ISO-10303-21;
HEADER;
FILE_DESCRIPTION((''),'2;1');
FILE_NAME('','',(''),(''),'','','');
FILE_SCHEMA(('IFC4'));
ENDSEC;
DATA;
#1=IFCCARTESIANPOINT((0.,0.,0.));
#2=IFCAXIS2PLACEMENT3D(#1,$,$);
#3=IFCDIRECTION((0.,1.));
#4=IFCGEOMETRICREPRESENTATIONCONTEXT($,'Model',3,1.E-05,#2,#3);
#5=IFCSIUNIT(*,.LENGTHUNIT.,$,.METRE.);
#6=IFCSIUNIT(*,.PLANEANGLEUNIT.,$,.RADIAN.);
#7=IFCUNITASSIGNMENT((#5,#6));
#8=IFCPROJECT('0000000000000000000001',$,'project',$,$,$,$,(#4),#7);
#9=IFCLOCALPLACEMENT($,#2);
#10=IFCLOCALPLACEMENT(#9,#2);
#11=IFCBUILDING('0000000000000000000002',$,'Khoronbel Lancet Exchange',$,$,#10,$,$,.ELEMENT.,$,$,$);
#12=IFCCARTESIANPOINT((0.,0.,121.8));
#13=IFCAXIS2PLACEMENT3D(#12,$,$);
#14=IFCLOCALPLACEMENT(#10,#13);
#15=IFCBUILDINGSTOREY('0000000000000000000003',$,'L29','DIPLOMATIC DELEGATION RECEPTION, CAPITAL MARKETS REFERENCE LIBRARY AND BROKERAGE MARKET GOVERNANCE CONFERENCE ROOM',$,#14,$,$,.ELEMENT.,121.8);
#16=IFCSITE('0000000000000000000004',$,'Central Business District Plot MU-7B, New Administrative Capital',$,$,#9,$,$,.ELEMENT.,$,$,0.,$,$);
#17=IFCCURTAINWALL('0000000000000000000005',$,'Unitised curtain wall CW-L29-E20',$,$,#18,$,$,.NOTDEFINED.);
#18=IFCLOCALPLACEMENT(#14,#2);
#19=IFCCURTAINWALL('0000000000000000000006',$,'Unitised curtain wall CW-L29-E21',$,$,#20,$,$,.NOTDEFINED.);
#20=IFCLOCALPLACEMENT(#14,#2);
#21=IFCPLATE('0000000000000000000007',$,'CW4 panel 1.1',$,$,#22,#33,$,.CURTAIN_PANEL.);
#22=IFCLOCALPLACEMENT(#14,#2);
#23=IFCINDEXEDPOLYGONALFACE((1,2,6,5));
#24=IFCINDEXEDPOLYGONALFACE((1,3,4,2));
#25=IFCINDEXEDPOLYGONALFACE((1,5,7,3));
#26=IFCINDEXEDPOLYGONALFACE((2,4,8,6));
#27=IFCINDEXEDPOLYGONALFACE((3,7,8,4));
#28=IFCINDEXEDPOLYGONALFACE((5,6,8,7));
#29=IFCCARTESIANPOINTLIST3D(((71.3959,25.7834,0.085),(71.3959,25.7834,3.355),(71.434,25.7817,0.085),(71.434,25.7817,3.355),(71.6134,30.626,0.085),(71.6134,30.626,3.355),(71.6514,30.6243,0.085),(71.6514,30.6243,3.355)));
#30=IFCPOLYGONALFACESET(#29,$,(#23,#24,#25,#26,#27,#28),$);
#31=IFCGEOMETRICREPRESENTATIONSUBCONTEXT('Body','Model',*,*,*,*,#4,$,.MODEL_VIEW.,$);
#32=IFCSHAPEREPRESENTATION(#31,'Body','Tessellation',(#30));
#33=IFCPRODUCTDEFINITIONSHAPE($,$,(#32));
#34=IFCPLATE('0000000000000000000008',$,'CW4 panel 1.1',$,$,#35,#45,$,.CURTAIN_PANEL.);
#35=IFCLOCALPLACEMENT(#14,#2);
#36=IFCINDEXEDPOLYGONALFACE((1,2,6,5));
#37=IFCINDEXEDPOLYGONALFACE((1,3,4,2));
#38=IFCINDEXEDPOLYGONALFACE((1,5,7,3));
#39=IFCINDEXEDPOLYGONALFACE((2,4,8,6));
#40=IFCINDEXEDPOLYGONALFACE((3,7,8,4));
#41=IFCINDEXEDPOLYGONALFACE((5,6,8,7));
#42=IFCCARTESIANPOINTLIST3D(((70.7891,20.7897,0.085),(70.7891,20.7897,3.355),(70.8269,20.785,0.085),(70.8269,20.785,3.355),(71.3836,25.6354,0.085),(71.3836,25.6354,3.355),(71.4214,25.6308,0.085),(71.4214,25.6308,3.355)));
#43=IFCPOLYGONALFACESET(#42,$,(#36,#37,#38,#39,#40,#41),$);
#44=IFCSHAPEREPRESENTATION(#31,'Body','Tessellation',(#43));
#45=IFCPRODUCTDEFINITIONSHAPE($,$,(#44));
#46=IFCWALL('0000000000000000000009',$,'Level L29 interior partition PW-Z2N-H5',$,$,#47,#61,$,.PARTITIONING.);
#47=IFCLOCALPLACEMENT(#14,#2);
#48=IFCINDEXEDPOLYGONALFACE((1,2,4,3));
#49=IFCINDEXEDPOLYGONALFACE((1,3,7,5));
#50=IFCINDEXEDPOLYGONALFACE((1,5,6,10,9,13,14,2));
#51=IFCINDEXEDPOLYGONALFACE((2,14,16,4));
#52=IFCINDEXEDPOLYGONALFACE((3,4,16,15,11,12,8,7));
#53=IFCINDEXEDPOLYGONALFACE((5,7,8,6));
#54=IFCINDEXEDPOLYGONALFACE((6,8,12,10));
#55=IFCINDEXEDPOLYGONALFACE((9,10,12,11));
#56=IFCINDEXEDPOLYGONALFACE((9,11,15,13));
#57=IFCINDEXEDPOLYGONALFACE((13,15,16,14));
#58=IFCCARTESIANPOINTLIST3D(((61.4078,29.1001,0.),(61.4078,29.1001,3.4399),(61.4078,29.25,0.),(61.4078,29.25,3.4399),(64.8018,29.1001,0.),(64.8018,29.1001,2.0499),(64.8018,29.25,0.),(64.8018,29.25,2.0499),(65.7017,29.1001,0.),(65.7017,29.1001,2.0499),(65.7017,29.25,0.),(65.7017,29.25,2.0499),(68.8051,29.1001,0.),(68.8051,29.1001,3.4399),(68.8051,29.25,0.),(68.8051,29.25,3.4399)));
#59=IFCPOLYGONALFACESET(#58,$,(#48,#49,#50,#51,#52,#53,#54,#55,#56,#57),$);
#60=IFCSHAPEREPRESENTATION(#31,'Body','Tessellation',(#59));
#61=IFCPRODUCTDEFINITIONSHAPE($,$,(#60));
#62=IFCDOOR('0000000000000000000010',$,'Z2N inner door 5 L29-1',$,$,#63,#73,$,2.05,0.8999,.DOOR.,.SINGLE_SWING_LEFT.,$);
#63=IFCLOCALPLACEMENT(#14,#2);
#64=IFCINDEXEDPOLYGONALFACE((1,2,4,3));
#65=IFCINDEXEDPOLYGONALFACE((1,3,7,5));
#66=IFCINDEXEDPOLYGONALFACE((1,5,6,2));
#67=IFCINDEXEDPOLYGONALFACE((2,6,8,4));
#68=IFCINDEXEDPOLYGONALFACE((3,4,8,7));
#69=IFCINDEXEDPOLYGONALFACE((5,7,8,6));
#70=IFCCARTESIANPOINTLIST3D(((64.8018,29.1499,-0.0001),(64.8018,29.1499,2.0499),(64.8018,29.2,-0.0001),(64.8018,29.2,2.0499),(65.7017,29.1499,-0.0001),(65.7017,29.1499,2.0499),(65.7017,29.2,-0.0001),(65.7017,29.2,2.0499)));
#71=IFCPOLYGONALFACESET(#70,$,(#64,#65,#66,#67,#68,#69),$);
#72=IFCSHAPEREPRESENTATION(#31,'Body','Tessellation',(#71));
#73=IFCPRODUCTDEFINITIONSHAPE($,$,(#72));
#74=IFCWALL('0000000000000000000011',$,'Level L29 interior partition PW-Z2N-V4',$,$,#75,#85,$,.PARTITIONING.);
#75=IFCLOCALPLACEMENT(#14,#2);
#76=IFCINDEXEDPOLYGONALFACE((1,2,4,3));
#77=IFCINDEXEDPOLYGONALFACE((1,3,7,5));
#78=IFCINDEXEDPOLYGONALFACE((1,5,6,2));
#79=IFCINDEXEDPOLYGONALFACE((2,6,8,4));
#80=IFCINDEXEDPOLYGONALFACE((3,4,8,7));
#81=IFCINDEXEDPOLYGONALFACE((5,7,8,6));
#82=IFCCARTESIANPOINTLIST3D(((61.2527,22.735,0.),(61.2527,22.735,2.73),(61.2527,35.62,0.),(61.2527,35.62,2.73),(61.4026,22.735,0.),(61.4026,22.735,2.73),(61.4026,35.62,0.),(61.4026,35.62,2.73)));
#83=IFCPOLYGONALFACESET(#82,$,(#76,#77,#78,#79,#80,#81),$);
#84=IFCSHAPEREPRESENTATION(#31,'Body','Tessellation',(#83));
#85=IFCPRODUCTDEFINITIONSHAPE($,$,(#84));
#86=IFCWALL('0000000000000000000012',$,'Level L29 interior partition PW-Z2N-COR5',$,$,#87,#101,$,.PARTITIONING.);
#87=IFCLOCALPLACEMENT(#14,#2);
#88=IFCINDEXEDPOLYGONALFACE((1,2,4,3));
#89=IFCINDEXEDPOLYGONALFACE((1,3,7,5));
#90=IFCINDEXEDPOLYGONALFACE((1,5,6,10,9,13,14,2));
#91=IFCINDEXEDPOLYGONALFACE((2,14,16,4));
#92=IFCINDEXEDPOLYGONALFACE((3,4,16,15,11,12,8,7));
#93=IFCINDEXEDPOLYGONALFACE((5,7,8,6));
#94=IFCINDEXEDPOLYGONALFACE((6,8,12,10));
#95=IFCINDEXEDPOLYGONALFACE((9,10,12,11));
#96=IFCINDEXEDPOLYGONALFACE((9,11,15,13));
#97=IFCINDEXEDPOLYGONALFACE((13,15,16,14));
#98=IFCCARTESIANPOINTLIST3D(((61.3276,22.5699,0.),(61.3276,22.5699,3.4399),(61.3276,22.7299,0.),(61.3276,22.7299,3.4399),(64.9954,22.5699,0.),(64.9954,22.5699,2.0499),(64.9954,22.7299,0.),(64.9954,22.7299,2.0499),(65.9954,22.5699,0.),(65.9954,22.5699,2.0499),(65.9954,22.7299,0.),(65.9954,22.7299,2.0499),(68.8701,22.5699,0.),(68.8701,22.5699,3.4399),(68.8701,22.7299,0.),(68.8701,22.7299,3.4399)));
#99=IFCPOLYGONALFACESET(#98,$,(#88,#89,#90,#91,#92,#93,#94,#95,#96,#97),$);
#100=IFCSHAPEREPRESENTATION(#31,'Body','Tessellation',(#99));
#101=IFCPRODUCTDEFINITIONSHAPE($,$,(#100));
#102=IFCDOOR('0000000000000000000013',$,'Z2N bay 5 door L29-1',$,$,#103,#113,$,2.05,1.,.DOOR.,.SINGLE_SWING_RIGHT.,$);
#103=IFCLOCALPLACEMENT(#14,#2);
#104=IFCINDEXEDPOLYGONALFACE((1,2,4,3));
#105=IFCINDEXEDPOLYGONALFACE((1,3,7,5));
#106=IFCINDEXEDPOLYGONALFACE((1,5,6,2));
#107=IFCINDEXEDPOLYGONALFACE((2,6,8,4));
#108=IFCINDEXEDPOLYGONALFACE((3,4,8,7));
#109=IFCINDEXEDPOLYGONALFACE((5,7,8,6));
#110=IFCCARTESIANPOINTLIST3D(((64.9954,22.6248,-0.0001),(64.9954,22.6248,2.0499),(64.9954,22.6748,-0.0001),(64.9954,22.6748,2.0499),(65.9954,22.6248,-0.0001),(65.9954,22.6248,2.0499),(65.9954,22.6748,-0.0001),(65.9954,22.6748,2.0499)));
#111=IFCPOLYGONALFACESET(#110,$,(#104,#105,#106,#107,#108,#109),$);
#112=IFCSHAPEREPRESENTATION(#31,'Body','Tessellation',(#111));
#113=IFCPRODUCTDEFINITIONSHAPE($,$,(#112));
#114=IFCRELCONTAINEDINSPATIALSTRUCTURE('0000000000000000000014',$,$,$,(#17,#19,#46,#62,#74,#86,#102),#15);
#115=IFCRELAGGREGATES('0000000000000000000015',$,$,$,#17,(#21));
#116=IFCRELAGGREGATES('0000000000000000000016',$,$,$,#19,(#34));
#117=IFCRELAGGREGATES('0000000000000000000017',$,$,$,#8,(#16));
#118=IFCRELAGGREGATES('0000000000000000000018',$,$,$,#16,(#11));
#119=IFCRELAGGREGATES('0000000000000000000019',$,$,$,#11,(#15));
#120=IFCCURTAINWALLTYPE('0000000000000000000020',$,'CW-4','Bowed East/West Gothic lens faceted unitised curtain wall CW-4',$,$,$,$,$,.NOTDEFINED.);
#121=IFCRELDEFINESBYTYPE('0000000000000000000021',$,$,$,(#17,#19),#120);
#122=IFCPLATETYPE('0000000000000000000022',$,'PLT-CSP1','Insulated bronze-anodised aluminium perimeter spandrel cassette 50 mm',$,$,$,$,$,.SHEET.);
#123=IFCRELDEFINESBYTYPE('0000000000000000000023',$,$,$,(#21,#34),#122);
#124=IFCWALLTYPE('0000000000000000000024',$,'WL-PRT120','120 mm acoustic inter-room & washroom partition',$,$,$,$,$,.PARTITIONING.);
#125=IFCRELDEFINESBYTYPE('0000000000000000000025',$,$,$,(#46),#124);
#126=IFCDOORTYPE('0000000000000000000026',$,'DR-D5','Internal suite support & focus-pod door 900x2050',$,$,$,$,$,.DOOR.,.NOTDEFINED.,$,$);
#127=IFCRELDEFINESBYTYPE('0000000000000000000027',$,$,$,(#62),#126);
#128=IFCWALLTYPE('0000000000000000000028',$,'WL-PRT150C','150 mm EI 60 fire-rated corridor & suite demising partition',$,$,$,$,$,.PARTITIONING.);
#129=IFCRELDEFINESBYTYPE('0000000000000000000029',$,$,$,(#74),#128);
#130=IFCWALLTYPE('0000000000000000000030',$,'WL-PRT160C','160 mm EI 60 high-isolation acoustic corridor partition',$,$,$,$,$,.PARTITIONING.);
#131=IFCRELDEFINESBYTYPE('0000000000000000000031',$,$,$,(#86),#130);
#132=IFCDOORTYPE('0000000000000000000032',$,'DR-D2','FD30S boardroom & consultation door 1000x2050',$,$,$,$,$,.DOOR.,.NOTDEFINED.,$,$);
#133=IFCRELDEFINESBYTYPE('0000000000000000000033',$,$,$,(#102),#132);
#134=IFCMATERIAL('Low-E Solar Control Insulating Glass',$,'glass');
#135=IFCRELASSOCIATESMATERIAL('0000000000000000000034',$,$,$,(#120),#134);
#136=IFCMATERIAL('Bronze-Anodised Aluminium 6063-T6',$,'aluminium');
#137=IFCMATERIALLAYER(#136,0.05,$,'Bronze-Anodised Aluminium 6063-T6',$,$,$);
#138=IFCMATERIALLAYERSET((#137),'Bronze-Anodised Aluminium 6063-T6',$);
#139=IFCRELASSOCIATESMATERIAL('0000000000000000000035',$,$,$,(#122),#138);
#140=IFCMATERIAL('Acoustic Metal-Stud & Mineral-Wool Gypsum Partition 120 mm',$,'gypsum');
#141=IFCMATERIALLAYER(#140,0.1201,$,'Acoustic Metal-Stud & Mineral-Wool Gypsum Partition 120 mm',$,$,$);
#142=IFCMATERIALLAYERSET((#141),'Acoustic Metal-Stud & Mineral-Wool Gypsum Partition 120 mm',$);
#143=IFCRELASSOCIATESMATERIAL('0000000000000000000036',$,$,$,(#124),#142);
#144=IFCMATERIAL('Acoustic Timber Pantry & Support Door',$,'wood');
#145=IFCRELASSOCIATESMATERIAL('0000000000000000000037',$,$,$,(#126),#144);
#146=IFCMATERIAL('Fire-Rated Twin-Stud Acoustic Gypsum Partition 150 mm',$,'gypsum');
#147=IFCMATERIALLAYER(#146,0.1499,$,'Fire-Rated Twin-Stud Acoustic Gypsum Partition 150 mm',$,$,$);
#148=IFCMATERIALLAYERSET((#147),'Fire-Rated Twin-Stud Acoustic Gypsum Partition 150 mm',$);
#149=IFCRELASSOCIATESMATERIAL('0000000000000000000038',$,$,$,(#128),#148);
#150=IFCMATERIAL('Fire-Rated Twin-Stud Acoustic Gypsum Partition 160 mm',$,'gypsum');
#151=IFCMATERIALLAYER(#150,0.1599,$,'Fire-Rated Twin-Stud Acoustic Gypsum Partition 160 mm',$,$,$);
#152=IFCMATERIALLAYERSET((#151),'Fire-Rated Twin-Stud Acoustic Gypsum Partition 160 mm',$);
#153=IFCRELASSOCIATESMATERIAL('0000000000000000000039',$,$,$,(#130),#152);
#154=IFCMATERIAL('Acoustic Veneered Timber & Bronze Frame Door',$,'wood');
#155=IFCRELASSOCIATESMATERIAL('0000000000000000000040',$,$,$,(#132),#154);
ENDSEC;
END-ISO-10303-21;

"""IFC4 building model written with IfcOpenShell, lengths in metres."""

from ifc_helpers import new_model, si_unit, direction, frame, frame_2d, origin, origin_2d, place, context, subcontext, project, spatial, rectangle, extrude, material, layer, layer_set, type_object, element, fill, aggregate, save


model = new_model("IFC4")

# Units and contexts
model_context = context("Model", 3, precision=1e-05, world=origin(), true_north=direction((0.0, 1.0)))
body_context = subcontext(model_context, "Body", "Model", "MODEL_VIEW")
ifc_project = project(units=[si_unit("LENGTHUNIT", "METRE"), si_unit("PLANEANGLEUNIT", "RADIAN")], contexts=[model_context])

# Site, building, storey
site_placement = place(None, origin())
site = spatial("IfcSite", under=ifc_project, at=site_placement, Name="Central Business District Plot MU-7B, New Administrative Capital", CompositionType="ELEMENT", RefElevation=0.0)
building_placement = place(site_placement, origin())
building = spatial("IfcBuilding", under=site, at=building_placement, Name="Khoronbel Lancet Exchange", CompositionType="ELEMENT")
storey_placement = place(building_placement, frame((0.0, 0.0, 121.8)))
storey = spatial("IfcBuildingStorey", under=building, at=storey_placement, Name="L29", Description="DIPLOMATIC DELEGATION RECEPTION, CAPITAL MARKETS REFERENCE LIBRARY AND BROKERAGE MARKET GOVERNANCE CONFERENCE ROOM", CompositionType="ELEMENT", Elevation=121.8)

# Curtain walls
ifc_material_1 = material(Name="Low-E Solar Control Insulating Glass", Category="glass")
curtain_wall_type = type_object("IfcCurtainWallType", Name="CW-4", Description="Bowed East/West Gothic lens faceted unitised curtain wall CW-4", PredefinedType="NOTDEFINED", material=ifc_material_1)
ifc_material_2 = material(Name="Bronze-Anodised Aluminium 6063-T6", Category="aluminium")
curtain_wall_1_placement = place(storey_placement, origin())
curtain_wall_1 = element("IfcCurtainWall", 1, at=curtain_wall_1_placement, inside=storey, type_object=curtain_wall_type, Name="Unitised curtain wall CW-L29-E20", PredefinedType="NOTDEFINED")
curtain_wall_2_placement = place(storey_placement, origin())
curtain_wall_2 = element("IfcCurtainWall", 2, at=curtain_wall_2_placement, inside=storey, type_object=curtain_wall_type, Name="Unitised curtain wall CW-L29-E21", PredefinedType="NOTDEFINED")

# Plates
ifc_layer_1 = layer(ifc_material_2, 0.05, Name="Bronze-Anodised Aluminium 6063-T6")
ifc_layer_set_1 = layer_set([ifc_layer_1], Name="Bronze-Anodised Aluminium 6063-T6")
plate_type = type_object("IfcPlateType", Name="PLT-CSP1", Description="Insulated bronze-anodised aluminium perimeter spandrel cassette 50 mm", PredefinedType="SHEET", material=ifc_layer_set_1)
plate_1_placement = place(storey_placement, frame((71.5237, 28.2039, 0.085), z_axis=(0.0, 0.0, 1.0), x_axis=(-0.044862, -0.998993, 0.0)))
plate_1 = element("IfcPlate", 3, at=plate_1_placement, type_object=plate_type, Name="CW4 panel 1.1", PredefinedType="CURTAIN_PANEL", context=body_context, shape_type="SweptSolid", body=[
    extrude(rectangle(XDim=4.8474, YDim=0.0381, at=origin_2d()), origin(), (0.0, 0.0, 1.0), 3.27),
])
aggregate(curtain_wall_1, [plate_1])
plate_2_placement = place(storey_placement, frame((71.1052, 23.2102, 0.085), z_axis=(0.0, 0.0, 1.0), x_axis=(-0.121779, -0.992557, 0.0)))
plate_2 = element("IfcPlate", 4, at=plate_2_placement, type_object=plate_type, Name="CW4 panel 1.1", PredefinedType="CURTAIN_PANEL", context=body_context, shape_type="SweptSolid", body=[
    extrude(rectangle(XDim=4.8821, YDim=0.0381, at=origin_2d()), origin(), (0.0, 0.0, 1.0), 3.27),
])
aggregate(curtain_wall_2, [plate_2])

# Wall, opening, door
ifc_material_3 = material(Name="Acoustic Metal-Stud & Mineral-Wool Gypsum Partition 120 mm", Category="gypsum")
ifc_layer_2 = layer(ifc_material_3, 0.1201, Name="Acoustic Metal-Stud & Mineral-Wool Gypsum Partition 120 mm")
ifc_layer_set_2 = layer_set([ifc_layer_2], Name="Acoustic Metal-Stud & Mineral-Wool Gypsum Partition 120 mm")
wall_type_1 = type_object("IfcWallType", Name="WL-PRT120", Description="120 mm acoustic inter-room & washroom partition", PredefinedType="PARTITIONING", material=ifc_layer_set_2)
wall_1_placement = place(storey_placement, frame((61.4077, 29.175, 0.0), z_axis=(0.0, 0.0, 1.0), x_axis=(1.0, 0.0, 0.0)))
wall_1 = element("IfcWall", 5, at=wall_1_placement, inside=storey, type_object=wall_type_1, Name="Level L29 interior partition PW-Z2N-H5", PredefinedType="PARTITIONING", context=body_context, shape_type="SweptSolid", body=[
    extrude(rectangle(XDim=7.3972, YDim=0.1499, at=frame_2d((3.6987, 0.0))), origin(), (0.0, 0.0, 1.0), 3.4399),
])
opening_1_placement = place(wall_1_placement, frame((3.394, 0.0, 0.0)))
opening_1 = element("IfcOpeningElement", 6, at=opening_1_placement, cuts=wall_1, PredefinedType="OPENING", context=body_context, shape_type="SweptSolid", body=[
    extrude(rectangle(XDim=0.8999, YDim=2.05, at=frame_2d((0.45, 1.0249))), frame((0.0, 0.085, 0.0), z_axis=(0.0, -1.0, 0.0), x_axis=(1.0, 0.0, 0.0)), (0.0, 0.0, 1.0), 0.1699),
])
ifc_material_4 = material(Name="Acoustic Timber Pantry & Support Door", Category="wood")
door_type_1 = type_object("IfcDoorType", Name="DR-D5", Description="Internal suite support & focus-pod door 900x2050", OperationType="NOTDEFINED", PredefinedType="DOOR", material=ifc_material_4)
door_1_placement = place(opening_1_placement, origin())
door_1 = element("IfcDoor", 7, at=door_1_placement, inside=storey, type_object=door_type_1, Name="Z2N inner door 5 L29-1", OperationType="SINGLE_SWING_LEFT", OverallHeight=2.05, OverallWidth=0.8999, PredefinedType="DOOR", context=body_context, shape_type="SweptSolid", body=[
    extrude(rectangle(XDim=0.8999, YDim=2.05, at=frame_2d((0.45, 1.0249))), frame((0.0, 0.0249, 0.0), z_axis=(0.0, -1.0, 0.0), x_axis=(1.0, 0.0, 0.0)), (0.0, 0.0, 1.0), 0.05),
])
fill(opening_1, door_1)

# Wall
ifc_material_5 = material(Name="Fire-Rated Twin-Stud Acoustic Gypsum Partition 150 mm", Category="gypsum")
ifc_layer_3 = layer(ifc_material_5, 0.1499, Name="Fire-Rated Twin-Stud Acoustic Gypsum Partition 150 mm")
ifc_layer_set_3 = layer_set([ifc_layer_3], Name="Fire-Rated Twin-Stud Acoustic Gypsum Partition 150 mm")
wall_type_2 = type_object("IfcWallType", Name="WL-PRT150C", Description="150 mm EI 60 fire-rated corridor & suite demising partition", PredefinedType="PARTITIONING", material=ifc_layer_set_3)
wall_2_placement = place(storey_placement, frame((61.3276, 22.7351, 0.0), z_axis=(0.0, 0.0, 1.0), x_axis=(0.0, 1.0, 0.0)))
element("IfcWall", 8, at=wall_2_placement, inside=storey, type_object=wall_type_2, Name="Level L29 interior partition PW-Z2N-V4", PredefinedType="PARTITIONING", context=body_context, shape_type="SweptSolid", body=[
    extrude(rectangle(XDim=12.885, YDim=0.1499, at=frame_2d((6.4424, 0.0))), origin(), (0.0, 0.0, 1.0), 2.73),
])

# Wall, opening, door
ifc_material_6 = material(Name="Fire-Rated Twin-Stud Acoustic Gypsum Partition 160 mm", Category="gypsum")
ifc_layer_4 = layer(ifc_material_6, 0.1599, Name="Fire-Rated Twin-Stud Acoustic Gypsum Partition 160 mm")
ifc_layer_set_4 = layer_set([ifc_layer_4], Name="Fire-Rated Twin-Stud Acoustic Gypsum Partition 160 mm")
wall_type_3 = type_object("IfcWallType", Name="WL-PRT160C", Description="160 mm EI 60 high-isolation acoustic corridor partition", PredefinedType="PARTITIONING", material=ifc_layer_set_4)
wall_3_placement = place(storey_placement, frame((61.3276, 22.6499, 0.0), z_axis=(0.0, 0.0, 1.0), x_axis=(1.0, 0.0, 0.0)))
wall_3 = element("IfcWall", 9, at=wall_3_placement, inside=storey, type_object=wall_type_3, Name="Level L29 interior partition PW-Z2N-COR5", PredefinedType="PARTITIONING", context=body_context, shape_type="SweptSolid", body=[
    extrude(rectangle(XDim=7.5425, YDim=0.1599, at=frame_2d((3.7712, 0.0))), origin(), (0.0, 0.0, 1.0), 3.4399),
])
opening_2_placement = place(wall_3_placement, frame((3.6677, 0.0, 0.0)))
opening_2 = element("IfcOpeningElement", 10, at=opening_2_placement, cuts=wall_3, PredefinedType="OPENING", context=body_context, shape_type="SweptSolid", body=[
    extrude(rectangle(XDim=1.0, YDim=2.05, at=frame_2d((0.5, 1.0249))), frame((0.0, 0.0898, 0.0), z_axis=(0.0, -1.0, 0.0), x_axis=(1.0, 0.0, 0.0)), (0.0, 0.0, 1.0), 0.1799),
])
ifc_material_7 = material(Name="Acoustic Veneered Timber & Bronze Frame Door", Category="wood")
door_type_2 = type_object("IfcDoorType", Name="DR-D2", Description="FD30S boardroom & consultation door 1000x2050", OperationType="NOTDEFINED", PredefinedType="DOOR", material=ifc_material_7)
door_2_placement = place(opening_2_placement, origin())
door_2 = element("IfcDoor", 11, at=door_2_placement, inside=storey, type_object=door_type_2, Name="Z2N bay 5 door L29-1", OperationType="SINGLE_SWING_RIGHT", OverallHeight=2.05, OverallWidth=1.0, PredefinedType="DOOR", context=body_context, shape_type="SweptSolid", body=[
    extrude(rectangle(XDim=1.0, YDim=2.05, at=frame_2d((0.5, 1.0249))), frame((0.0, 0.0249, 0.0), z_axis=(0.0, -1.0, 0.0), x_axis=(1.0, 0.0, 0.0)), (0.0, 0.0, 1.0), 0.05),
])
fill(opening_2, door_2)

save(model, "model.ifc")
